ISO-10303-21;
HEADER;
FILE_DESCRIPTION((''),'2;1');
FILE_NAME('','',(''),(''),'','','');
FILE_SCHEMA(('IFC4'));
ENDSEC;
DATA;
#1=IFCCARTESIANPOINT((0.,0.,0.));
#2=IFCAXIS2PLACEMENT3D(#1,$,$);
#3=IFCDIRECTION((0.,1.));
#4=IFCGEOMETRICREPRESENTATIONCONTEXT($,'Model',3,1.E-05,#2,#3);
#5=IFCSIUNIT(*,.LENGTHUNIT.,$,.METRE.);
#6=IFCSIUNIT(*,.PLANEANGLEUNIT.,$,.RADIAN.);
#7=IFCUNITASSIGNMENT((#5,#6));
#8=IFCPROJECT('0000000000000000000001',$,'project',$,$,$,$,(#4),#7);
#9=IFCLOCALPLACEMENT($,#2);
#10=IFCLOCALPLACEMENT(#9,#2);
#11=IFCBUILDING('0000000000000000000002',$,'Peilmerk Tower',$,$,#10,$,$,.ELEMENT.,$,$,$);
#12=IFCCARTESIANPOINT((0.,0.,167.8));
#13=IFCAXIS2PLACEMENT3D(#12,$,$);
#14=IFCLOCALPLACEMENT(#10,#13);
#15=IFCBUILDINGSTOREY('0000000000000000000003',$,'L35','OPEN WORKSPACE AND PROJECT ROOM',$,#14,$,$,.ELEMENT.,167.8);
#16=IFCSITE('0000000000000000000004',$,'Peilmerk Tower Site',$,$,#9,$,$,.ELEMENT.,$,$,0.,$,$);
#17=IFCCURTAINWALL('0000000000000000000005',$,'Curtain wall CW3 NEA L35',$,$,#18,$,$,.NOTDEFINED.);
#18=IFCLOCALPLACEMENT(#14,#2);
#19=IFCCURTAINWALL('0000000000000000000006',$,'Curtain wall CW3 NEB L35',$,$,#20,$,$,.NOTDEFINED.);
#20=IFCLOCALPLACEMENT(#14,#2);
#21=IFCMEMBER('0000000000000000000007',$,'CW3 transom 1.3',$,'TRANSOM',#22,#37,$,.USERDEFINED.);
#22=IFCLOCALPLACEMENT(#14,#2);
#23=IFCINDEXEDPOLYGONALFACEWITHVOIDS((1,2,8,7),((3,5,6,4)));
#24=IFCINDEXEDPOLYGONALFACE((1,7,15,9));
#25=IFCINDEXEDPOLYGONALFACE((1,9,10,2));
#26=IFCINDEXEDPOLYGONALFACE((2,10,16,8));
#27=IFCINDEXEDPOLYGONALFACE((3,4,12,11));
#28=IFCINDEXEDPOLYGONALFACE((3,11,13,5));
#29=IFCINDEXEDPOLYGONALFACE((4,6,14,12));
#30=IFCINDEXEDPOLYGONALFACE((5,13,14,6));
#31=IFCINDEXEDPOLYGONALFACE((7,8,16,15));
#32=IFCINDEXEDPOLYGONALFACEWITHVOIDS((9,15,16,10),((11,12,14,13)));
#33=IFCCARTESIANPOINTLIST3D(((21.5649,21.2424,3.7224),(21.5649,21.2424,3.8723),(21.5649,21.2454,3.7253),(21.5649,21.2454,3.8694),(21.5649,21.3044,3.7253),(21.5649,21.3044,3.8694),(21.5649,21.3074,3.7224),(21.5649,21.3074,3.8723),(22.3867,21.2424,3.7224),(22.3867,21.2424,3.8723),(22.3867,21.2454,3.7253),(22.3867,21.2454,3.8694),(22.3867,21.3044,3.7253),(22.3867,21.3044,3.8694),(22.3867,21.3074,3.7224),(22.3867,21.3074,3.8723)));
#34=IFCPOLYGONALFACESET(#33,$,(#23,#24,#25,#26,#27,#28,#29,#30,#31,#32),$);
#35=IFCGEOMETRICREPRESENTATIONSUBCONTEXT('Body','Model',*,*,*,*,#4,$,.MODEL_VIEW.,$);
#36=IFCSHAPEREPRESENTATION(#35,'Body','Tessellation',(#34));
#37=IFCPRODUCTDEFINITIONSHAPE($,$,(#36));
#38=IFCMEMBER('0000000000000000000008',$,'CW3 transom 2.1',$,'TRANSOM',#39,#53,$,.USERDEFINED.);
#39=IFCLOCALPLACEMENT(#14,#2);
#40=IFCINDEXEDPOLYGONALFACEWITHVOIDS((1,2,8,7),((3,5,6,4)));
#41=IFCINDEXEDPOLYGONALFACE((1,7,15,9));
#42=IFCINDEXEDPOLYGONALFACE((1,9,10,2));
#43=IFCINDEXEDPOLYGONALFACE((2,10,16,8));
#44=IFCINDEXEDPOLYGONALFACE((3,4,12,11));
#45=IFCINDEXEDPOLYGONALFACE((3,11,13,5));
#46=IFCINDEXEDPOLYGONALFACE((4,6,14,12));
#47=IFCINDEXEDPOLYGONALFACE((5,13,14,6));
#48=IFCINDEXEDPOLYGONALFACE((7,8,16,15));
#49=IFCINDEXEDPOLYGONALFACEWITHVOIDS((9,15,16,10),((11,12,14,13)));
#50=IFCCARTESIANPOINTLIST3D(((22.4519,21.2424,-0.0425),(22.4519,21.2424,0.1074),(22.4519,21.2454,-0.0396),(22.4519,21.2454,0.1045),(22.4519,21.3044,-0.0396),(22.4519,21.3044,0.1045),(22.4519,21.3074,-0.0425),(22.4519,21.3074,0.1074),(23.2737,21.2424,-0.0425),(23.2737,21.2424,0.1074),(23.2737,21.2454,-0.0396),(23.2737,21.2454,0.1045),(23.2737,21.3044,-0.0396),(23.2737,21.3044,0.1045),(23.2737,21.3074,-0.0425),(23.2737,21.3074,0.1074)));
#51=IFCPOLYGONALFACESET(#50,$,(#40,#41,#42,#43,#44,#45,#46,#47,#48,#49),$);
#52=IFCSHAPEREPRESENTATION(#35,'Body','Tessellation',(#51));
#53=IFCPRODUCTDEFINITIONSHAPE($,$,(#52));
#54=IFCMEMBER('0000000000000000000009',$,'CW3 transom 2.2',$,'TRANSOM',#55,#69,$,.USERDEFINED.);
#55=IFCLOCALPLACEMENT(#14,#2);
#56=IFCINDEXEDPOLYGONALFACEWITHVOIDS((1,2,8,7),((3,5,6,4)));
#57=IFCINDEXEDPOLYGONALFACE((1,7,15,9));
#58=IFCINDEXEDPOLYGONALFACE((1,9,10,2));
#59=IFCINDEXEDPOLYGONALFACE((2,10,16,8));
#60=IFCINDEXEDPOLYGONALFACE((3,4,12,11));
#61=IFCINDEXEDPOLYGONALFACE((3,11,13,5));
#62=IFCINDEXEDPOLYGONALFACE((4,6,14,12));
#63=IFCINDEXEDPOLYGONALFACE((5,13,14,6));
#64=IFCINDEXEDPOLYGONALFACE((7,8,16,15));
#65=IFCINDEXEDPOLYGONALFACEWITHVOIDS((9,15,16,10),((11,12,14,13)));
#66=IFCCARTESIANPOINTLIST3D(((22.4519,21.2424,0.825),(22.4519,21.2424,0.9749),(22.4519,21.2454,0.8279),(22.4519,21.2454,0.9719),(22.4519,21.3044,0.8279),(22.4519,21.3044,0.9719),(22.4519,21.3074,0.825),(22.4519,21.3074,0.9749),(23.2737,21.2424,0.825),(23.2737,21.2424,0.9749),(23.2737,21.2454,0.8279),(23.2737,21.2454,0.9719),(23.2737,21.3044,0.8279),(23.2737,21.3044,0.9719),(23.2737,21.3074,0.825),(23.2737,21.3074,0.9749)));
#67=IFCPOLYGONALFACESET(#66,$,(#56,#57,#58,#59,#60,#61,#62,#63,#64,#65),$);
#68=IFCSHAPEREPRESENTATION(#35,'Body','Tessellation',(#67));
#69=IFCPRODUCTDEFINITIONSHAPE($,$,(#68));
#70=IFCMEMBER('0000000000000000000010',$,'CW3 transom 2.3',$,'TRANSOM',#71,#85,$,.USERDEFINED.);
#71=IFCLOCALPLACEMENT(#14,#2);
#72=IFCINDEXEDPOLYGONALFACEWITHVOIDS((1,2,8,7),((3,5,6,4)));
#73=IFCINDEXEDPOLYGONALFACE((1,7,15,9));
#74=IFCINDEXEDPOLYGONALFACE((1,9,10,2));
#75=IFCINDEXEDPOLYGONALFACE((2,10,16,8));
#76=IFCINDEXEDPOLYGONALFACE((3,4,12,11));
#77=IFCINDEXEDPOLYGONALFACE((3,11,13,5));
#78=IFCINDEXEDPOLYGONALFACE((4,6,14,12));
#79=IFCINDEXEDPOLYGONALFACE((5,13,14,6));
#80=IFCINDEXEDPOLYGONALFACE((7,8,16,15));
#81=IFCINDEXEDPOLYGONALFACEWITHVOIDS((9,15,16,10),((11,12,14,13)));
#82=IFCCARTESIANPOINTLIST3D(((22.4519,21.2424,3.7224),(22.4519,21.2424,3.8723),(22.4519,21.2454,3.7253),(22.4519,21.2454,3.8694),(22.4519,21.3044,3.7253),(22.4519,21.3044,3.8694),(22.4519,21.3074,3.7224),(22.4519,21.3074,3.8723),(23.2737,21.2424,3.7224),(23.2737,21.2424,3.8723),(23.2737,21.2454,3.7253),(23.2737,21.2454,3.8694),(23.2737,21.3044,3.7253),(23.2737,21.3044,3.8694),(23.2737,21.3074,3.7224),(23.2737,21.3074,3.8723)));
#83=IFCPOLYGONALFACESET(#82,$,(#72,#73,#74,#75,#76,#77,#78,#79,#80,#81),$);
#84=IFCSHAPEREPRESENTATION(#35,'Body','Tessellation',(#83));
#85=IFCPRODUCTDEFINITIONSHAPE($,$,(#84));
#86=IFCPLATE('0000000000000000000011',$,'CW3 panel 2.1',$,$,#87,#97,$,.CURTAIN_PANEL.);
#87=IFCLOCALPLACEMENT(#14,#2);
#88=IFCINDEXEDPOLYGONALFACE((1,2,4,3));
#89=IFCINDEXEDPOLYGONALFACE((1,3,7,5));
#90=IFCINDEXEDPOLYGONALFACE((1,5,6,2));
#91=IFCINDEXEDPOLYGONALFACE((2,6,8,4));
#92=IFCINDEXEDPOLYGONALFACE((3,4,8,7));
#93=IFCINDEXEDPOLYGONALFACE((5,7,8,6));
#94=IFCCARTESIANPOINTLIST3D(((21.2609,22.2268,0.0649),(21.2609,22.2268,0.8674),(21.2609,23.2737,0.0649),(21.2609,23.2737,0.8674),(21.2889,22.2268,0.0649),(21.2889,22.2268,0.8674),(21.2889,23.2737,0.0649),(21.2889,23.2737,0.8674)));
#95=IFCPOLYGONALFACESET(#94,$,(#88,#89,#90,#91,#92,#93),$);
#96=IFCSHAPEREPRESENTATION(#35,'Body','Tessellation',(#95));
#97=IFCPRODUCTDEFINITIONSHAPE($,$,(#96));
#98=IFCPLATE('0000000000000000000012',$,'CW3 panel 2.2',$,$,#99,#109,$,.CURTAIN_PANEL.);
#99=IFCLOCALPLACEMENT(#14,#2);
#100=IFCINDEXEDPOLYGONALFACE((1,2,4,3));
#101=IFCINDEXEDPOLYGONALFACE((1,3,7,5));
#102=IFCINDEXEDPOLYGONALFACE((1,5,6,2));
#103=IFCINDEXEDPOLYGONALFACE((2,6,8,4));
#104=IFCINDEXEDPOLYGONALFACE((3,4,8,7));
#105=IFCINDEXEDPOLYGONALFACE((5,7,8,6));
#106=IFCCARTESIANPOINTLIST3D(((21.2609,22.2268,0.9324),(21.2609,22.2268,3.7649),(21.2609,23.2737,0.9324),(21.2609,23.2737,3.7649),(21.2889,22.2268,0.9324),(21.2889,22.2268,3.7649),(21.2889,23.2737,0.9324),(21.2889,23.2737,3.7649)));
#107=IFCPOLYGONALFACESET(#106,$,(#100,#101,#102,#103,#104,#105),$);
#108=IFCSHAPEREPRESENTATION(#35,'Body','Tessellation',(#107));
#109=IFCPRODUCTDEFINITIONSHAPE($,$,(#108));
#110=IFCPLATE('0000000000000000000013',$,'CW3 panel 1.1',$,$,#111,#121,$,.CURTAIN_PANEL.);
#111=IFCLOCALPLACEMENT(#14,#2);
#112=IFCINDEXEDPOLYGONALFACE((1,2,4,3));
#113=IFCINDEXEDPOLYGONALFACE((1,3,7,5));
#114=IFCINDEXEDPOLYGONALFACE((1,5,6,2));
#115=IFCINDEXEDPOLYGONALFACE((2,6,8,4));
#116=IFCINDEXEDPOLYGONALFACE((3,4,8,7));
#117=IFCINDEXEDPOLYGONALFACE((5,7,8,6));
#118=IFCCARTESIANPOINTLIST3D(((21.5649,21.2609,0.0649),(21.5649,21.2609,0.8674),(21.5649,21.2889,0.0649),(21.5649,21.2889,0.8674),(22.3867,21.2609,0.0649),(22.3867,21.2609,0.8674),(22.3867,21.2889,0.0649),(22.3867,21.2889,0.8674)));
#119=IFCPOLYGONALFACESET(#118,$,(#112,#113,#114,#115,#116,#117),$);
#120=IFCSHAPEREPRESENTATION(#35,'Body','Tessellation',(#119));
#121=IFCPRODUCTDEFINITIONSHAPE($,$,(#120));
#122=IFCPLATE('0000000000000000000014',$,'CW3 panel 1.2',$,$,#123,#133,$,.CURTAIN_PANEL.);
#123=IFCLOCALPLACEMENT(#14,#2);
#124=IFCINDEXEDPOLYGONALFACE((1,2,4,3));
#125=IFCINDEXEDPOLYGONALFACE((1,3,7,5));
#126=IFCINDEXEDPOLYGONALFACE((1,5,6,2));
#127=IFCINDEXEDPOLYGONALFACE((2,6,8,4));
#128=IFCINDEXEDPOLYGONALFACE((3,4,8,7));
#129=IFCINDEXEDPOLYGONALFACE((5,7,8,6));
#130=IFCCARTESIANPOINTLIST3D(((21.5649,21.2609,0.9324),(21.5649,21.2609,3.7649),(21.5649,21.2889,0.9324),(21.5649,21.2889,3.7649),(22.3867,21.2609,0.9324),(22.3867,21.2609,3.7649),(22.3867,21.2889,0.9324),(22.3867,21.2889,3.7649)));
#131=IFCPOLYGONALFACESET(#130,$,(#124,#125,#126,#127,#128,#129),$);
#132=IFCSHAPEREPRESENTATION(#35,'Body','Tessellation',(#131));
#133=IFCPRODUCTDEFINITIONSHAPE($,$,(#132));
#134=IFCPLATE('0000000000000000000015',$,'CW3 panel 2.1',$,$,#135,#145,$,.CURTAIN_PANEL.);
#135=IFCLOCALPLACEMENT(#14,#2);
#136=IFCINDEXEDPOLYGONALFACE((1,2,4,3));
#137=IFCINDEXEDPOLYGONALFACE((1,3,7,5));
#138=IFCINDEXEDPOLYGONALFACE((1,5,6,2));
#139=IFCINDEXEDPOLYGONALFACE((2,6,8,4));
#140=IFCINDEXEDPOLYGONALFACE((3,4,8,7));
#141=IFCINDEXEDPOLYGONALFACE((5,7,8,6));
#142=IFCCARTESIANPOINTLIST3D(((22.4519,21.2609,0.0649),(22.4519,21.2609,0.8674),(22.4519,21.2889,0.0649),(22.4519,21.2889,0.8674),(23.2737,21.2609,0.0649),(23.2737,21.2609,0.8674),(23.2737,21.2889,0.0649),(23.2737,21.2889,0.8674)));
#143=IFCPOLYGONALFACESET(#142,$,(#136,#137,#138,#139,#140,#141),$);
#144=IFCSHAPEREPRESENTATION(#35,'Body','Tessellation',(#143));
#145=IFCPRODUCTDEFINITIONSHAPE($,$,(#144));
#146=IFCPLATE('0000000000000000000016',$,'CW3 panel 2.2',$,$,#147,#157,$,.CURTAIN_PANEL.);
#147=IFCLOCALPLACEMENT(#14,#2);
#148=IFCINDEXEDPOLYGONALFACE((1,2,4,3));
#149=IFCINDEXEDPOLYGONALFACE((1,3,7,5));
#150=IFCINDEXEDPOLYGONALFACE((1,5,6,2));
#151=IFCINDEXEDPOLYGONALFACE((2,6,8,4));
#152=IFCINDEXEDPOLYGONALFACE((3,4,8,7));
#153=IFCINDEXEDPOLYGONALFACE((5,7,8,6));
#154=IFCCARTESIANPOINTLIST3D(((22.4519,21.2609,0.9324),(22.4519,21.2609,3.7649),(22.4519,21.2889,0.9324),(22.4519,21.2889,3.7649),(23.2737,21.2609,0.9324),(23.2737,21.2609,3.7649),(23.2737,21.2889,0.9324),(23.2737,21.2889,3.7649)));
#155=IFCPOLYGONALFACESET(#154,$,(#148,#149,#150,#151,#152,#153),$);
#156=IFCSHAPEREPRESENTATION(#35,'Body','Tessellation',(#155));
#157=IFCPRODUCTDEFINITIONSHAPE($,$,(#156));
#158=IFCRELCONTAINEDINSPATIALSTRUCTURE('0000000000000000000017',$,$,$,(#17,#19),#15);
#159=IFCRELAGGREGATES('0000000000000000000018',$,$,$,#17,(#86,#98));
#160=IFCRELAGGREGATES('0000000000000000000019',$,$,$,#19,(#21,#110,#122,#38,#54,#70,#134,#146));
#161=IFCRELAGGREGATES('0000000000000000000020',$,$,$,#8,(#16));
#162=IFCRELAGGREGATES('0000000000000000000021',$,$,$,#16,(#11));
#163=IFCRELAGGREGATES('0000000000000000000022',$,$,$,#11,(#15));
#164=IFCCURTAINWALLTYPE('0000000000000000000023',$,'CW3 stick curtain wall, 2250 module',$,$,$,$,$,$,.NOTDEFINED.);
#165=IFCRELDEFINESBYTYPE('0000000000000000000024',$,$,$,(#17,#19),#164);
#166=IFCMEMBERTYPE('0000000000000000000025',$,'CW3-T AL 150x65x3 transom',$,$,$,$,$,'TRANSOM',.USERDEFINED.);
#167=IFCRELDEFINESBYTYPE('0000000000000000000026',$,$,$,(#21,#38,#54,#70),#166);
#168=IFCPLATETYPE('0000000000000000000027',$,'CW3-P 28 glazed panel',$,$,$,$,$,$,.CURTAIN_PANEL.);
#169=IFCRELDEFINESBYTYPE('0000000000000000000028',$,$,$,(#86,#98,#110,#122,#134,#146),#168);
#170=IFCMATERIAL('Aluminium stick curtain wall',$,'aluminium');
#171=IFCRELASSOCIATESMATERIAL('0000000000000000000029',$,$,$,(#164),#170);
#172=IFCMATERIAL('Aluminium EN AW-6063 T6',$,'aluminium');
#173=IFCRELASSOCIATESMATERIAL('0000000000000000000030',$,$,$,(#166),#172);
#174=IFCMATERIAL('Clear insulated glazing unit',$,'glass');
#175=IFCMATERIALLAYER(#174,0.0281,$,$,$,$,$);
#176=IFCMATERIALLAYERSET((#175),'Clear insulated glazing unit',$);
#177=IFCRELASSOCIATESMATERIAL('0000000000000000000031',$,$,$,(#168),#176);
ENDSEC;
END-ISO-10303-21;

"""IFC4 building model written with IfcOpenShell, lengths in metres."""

from ifc_helpers import new_model, si_unit, direction, frame, origin, origin_2d, place, context, subcontext, project, spatial, rectangle, hollow_rectangle, extrude, material, layer, layer_set, material_profile, profile_set, type_object, element, aggregate, save


model = new_model("IFC4")

# Units and contexts
model_context = context("Model", 3, precision=1e-05, world=origin(), true_north=direction((0.0, 1.0)))
body_context = subcontext(model_context, "Body", "Model", "MODEL_VIEW")
ifc_project = project(units=[si_unit("LENGTHUNIT", "METRE"), si_unit("PLANEANGLEUNIT", "RADIAN")], contexts=[model_context])

# Site, building, storey
site_placement = place(None, origin())
site = spatial("IfcSite", under=ifc_project, at=site_placement, Name="Peilmerk Tower Site", CompositionType="ELEMENT", RefElevation=0.0)
building_placement = place(site_placement, origin())
building = spatial("IfcBuilding", under=site, at=building_placement, Name="Peilmerk Tower", CompositionType="ELEMENT")
storey_placement = place(building_placement, frame((0.0, 0.0, 167.8)))
storey = spatial("IfcBuildingStorey", under=building, at=storey_placement, Name="L35", Description="OPEN WORKSPACE AND PROJECT ROOM", CompositionType="ELEMENT", Elevation=167.8)

# Curtain wall
ifc_material_1 = material(Name="Aluminium stick curtain wall", Category="aluminium")
curtain_wall_type = type_object("IfcCurtainWallType", Name="CW3 stick curtain wall, 2250 module", PredefinedType="NOTDEFINED", material=ifc_material_1)
curtain_wall_1_placement = place(storey_placement, origin())
curtain_wall_1 = element("IfcCurtainWall", 1, at=curtain_wall_1_placement, inside=storey, type_object=curtain_wall_type, Name="Curtain wall CW3 NEA L35", PredefinedType="NOTDEFINED")
ifc_material_2 = material(Name="Aluminium EN AW-6063 T6", Category="aluminium")

# Curtain wall
curtain_wall_2_placement = place(storey_placement, origin())
curtain_wall_2 = element("IfcCurtainWall", 2, at=curtain_wall_2_placement, inside=storey, type_object=curtain_wall_type, Name="Curtain wall CW3 NEB L35", PredefinedType="NOTDEFINED")

# Members
ifc_material_profile_1 = material_profile(ifc_material_2, hollow_rectangle(XDim=0.0649, YDim=0.1499, WallThickness=0.0029, at=origin_2d()), Name="AL 150x65x3")
ifc_profile_set_1 = profile_set([ifc_material_profile_1], Name="Aluminium EN AW-6063 T6")
member_type_1 = type_object("IfcMemberType", Name="CW3-T AL 150x65x3 transom", ElementType="TRANSOM", PredefinedType="USERDEFINED", material=ifc_profile_set_1)
member_1_placement = place(storey_placement, frame((21.5649, 21.2749, 3.7974), z_axis=(1.0, 0.0, 0.0), x_axis=(0.0, 1.0, 0.0)))
member_1 = element("IfcMember", 3, at=member_1_placement, type_object=member_type_1, Name="CW3 transom 1.3", ObjectType="TRANSOM", PredefinedType="USERDEFINED", context=body_context, shape_type="SweptSolid", body=[
    extrude(hollow_rectangle(XDim=0.0649, YDim=0.1499, WallThickness=0.0029, at=origin_2d()), origin(), (0.0, 0.0, 1.0), 0.8218),
])
member_2_placement = place(storey_placement, frame((22.4519, 21.2749, 0.0325), z_axis=(1.0, 0.0, 0.0), x_axis=(0.0, 1.0, 0.0)))
member_2 = element("IfcMember", 4, at=member_2_placement, type_object=member_type_1, Name="CW3 transom 2.1", ObjectType="TRANSOM", PredefinedType="USERDEFINED", context=body_context, shape_type="SweptSolid", body=[
    extrude(hollow_rectangle(XDim=0.0649, YDim=0.1499, WallThickness=0.0029, at=origin_2d()), origin(), (0.0, 0.0, 1.0), 0.8218),
])
member_3_placement = place(storey_placement, frame((22.4519, 21.2749, 0.8999), z_axis=(1.0, 0.0, 0.0), x_axis=(0.0, 1.0, 0.0)))
member_3 = element("IfcMember", 5, at=member_3_placement, type_object=member_type_1, Name="CW3 transom 2.2", ObjectType="TRANSOM", PredefinedType="USERDEFINED", context=body_context, shape_type="SweptSolid", body=[
    extrude(hollow_rectangle(XDim=0.0649, YDim=0.1499, WallThickness=0.0029, at=origin_2d()), origin(), (0.0, 0.0, 1.0), 0.8218),
])
member_4_placement = place(storey_placement, frame((22.4519, 21.2749, 3.7974), z_axis=(1.0, 0.0, 0.0), x_axis=(0.0, 1.0, 0.0)))
member_4 = element("IfcMember", 6, at=member_4_placement, type_object=member_type_1, Name="CW3 transom 2.3", ObjectType="TRANSOM", PredefinedType="USERDEFINED", context=body_context, shape_type="SweptSolid", body=[
    extrude(hollow_rectangle(XDim=0.0649, YDim=0.1499, WallThickness=0.0029, at=origin_2d()), origin(), (0.0, 0.0, 1.0), 0.8218),
])

# Plates
ifc_material_3 = material(Name="Clear insulated glazing unit", Category="glass")
ifc_layer_1 = layer(ifc_material_3, 0.0281)
ifc_layer_set_1 = layer_set([ifc_layer_1], Name="Clear insulated glazing unit")
plate_type = type_object("IfcPlateType", Name="CW3-P 28 glazed panel", PredefinedType="CURTAIN_PANEL", material=ifc_layer_set_1)
plate_1_placement = place(storey_placement, frame((21.2749, 22.7502, 0.0649), z_axis=(0.0, 0.0, 1.0), x_axis=(0.0, 1.0, 0.0)))
plate_1 = element("IfcPlate", 7, at=plate_1_placement, type_object=plate_type, Name="CW3 panel 2.1", PredefinedType="CURTAIN_PANEL", context=body_context, shape_type="SweptSolid", body=[
    extrude(rectangle(XDim=1.0469, YDim=0.0281, at=origin_2d()), origin(), (0.0, 0.0, 1.0), 0.8025),
])
plate_2_placement = place(storey_placement, frame((21.2749, 22.7502, 0.9324), z_axis=(0.0, 0.0, 1.0), x_axis=(0.0, 1.0, 0.0)))
plate_2 = element("IfcPlate", 8, at=plate_2_placement, type_object=plate_type, Name="CW3 panel 2.2", PredefinedType="CURTAIN_PANEL", context=body_context, shape_type="SweptSolid", body=[
    extrude(rectangle(XDim=1.0469, YDim=0.0281, at=origin_2d()), origin(), (0.0, 0.0, 1.0), 2.8325),
])
aggregate(curtain_wall_1, [plate_1, plate_2])
plate_3_placement = place(storey_placement, frame((21.9758, 21.2749, 0.0649), z_axis=(0.0, 0.0, 1.0), x_axis=(1.0, 0.0, 0.0)))
plate_3 = element("IfcPlate", 9, at=plate_3_placement, type_object=plate_type, Name="CW3 panel 1.1", PredefinedType="CURTAIN_PANEL", context=body_context, shape_type="SweptSolid", body=[
    extrude(rectangle(XDim=0.8218, YDim=0.0281, at=origin_2d()), origin(), (0.0, 0.0, 1.0), 0.8025),
])
plate_4_placement = place(storey_placement, frame((21.9758, 21.2749, 0.9324), z_axis=(0.0, 0.0, 1.0), x_axis=(1.0, 0.0, 0.0)))
plate_4 = element("IfcPlate", 10, at=plate_4_placement, type_object=plate_type, Name="CW3 panel 1.2", PredefinedType="CURTAIN_PANEL", context=body_context, shape_type="SweptSolid", body=[
    extrude(rectangle(XDim=0.8218, YDim=0.0281, at=origin_2d()), origin(), (0.0, 0.0, 1.0), 2.8325),
])
plate_5_placement = place(storey_placement, frame((22.8628, 21.2749, 0.0649), z_axis=(0.0, 0.0, 1.0), x_axis=(1.0, 0.0, 0.0)))
plate_5 = element("IfcPlate", 11, at=plate_5_placement, type_object=plate_type, Name="CW3 panel 2.1", PredefinedType="CURTAIN_PANEL", context=body_context, shape_type="SweptSolid", body=[
    extrude(rectangle(XDim=0.8218, YDim=0.0281, at=origin_2d()), origin(), (0.0, 0.0, 1.0), 0.8025),
])
plate_6_placement = place(storey_placement, frame((22.8628, 21.2749, 0.9324), z_axis=(0.0, 0.0, 1.0), x_axis=(1.0, 0.0, 0.0)))
plate_6 = element("IfcPlate", 12, at=plate_6_placement, type_object=plate_type, Name="CW3 panel 2.2", PredefinedType="CURTAIN_PANEL", context=body_context, shape_type="SweptSolid", body=[
    extrude(rectangle(XDim=0.8218, YDim=0.0281, at=origin_2d()), origin(), (0.0, 0.0, 1.0), 2.8325),
])
aggregate(curtain_wall_2, [member_1, plate_3, plate_4, member_2, member_3, member_4, plate_5, plate_6])

save(model, "model.ifc")
